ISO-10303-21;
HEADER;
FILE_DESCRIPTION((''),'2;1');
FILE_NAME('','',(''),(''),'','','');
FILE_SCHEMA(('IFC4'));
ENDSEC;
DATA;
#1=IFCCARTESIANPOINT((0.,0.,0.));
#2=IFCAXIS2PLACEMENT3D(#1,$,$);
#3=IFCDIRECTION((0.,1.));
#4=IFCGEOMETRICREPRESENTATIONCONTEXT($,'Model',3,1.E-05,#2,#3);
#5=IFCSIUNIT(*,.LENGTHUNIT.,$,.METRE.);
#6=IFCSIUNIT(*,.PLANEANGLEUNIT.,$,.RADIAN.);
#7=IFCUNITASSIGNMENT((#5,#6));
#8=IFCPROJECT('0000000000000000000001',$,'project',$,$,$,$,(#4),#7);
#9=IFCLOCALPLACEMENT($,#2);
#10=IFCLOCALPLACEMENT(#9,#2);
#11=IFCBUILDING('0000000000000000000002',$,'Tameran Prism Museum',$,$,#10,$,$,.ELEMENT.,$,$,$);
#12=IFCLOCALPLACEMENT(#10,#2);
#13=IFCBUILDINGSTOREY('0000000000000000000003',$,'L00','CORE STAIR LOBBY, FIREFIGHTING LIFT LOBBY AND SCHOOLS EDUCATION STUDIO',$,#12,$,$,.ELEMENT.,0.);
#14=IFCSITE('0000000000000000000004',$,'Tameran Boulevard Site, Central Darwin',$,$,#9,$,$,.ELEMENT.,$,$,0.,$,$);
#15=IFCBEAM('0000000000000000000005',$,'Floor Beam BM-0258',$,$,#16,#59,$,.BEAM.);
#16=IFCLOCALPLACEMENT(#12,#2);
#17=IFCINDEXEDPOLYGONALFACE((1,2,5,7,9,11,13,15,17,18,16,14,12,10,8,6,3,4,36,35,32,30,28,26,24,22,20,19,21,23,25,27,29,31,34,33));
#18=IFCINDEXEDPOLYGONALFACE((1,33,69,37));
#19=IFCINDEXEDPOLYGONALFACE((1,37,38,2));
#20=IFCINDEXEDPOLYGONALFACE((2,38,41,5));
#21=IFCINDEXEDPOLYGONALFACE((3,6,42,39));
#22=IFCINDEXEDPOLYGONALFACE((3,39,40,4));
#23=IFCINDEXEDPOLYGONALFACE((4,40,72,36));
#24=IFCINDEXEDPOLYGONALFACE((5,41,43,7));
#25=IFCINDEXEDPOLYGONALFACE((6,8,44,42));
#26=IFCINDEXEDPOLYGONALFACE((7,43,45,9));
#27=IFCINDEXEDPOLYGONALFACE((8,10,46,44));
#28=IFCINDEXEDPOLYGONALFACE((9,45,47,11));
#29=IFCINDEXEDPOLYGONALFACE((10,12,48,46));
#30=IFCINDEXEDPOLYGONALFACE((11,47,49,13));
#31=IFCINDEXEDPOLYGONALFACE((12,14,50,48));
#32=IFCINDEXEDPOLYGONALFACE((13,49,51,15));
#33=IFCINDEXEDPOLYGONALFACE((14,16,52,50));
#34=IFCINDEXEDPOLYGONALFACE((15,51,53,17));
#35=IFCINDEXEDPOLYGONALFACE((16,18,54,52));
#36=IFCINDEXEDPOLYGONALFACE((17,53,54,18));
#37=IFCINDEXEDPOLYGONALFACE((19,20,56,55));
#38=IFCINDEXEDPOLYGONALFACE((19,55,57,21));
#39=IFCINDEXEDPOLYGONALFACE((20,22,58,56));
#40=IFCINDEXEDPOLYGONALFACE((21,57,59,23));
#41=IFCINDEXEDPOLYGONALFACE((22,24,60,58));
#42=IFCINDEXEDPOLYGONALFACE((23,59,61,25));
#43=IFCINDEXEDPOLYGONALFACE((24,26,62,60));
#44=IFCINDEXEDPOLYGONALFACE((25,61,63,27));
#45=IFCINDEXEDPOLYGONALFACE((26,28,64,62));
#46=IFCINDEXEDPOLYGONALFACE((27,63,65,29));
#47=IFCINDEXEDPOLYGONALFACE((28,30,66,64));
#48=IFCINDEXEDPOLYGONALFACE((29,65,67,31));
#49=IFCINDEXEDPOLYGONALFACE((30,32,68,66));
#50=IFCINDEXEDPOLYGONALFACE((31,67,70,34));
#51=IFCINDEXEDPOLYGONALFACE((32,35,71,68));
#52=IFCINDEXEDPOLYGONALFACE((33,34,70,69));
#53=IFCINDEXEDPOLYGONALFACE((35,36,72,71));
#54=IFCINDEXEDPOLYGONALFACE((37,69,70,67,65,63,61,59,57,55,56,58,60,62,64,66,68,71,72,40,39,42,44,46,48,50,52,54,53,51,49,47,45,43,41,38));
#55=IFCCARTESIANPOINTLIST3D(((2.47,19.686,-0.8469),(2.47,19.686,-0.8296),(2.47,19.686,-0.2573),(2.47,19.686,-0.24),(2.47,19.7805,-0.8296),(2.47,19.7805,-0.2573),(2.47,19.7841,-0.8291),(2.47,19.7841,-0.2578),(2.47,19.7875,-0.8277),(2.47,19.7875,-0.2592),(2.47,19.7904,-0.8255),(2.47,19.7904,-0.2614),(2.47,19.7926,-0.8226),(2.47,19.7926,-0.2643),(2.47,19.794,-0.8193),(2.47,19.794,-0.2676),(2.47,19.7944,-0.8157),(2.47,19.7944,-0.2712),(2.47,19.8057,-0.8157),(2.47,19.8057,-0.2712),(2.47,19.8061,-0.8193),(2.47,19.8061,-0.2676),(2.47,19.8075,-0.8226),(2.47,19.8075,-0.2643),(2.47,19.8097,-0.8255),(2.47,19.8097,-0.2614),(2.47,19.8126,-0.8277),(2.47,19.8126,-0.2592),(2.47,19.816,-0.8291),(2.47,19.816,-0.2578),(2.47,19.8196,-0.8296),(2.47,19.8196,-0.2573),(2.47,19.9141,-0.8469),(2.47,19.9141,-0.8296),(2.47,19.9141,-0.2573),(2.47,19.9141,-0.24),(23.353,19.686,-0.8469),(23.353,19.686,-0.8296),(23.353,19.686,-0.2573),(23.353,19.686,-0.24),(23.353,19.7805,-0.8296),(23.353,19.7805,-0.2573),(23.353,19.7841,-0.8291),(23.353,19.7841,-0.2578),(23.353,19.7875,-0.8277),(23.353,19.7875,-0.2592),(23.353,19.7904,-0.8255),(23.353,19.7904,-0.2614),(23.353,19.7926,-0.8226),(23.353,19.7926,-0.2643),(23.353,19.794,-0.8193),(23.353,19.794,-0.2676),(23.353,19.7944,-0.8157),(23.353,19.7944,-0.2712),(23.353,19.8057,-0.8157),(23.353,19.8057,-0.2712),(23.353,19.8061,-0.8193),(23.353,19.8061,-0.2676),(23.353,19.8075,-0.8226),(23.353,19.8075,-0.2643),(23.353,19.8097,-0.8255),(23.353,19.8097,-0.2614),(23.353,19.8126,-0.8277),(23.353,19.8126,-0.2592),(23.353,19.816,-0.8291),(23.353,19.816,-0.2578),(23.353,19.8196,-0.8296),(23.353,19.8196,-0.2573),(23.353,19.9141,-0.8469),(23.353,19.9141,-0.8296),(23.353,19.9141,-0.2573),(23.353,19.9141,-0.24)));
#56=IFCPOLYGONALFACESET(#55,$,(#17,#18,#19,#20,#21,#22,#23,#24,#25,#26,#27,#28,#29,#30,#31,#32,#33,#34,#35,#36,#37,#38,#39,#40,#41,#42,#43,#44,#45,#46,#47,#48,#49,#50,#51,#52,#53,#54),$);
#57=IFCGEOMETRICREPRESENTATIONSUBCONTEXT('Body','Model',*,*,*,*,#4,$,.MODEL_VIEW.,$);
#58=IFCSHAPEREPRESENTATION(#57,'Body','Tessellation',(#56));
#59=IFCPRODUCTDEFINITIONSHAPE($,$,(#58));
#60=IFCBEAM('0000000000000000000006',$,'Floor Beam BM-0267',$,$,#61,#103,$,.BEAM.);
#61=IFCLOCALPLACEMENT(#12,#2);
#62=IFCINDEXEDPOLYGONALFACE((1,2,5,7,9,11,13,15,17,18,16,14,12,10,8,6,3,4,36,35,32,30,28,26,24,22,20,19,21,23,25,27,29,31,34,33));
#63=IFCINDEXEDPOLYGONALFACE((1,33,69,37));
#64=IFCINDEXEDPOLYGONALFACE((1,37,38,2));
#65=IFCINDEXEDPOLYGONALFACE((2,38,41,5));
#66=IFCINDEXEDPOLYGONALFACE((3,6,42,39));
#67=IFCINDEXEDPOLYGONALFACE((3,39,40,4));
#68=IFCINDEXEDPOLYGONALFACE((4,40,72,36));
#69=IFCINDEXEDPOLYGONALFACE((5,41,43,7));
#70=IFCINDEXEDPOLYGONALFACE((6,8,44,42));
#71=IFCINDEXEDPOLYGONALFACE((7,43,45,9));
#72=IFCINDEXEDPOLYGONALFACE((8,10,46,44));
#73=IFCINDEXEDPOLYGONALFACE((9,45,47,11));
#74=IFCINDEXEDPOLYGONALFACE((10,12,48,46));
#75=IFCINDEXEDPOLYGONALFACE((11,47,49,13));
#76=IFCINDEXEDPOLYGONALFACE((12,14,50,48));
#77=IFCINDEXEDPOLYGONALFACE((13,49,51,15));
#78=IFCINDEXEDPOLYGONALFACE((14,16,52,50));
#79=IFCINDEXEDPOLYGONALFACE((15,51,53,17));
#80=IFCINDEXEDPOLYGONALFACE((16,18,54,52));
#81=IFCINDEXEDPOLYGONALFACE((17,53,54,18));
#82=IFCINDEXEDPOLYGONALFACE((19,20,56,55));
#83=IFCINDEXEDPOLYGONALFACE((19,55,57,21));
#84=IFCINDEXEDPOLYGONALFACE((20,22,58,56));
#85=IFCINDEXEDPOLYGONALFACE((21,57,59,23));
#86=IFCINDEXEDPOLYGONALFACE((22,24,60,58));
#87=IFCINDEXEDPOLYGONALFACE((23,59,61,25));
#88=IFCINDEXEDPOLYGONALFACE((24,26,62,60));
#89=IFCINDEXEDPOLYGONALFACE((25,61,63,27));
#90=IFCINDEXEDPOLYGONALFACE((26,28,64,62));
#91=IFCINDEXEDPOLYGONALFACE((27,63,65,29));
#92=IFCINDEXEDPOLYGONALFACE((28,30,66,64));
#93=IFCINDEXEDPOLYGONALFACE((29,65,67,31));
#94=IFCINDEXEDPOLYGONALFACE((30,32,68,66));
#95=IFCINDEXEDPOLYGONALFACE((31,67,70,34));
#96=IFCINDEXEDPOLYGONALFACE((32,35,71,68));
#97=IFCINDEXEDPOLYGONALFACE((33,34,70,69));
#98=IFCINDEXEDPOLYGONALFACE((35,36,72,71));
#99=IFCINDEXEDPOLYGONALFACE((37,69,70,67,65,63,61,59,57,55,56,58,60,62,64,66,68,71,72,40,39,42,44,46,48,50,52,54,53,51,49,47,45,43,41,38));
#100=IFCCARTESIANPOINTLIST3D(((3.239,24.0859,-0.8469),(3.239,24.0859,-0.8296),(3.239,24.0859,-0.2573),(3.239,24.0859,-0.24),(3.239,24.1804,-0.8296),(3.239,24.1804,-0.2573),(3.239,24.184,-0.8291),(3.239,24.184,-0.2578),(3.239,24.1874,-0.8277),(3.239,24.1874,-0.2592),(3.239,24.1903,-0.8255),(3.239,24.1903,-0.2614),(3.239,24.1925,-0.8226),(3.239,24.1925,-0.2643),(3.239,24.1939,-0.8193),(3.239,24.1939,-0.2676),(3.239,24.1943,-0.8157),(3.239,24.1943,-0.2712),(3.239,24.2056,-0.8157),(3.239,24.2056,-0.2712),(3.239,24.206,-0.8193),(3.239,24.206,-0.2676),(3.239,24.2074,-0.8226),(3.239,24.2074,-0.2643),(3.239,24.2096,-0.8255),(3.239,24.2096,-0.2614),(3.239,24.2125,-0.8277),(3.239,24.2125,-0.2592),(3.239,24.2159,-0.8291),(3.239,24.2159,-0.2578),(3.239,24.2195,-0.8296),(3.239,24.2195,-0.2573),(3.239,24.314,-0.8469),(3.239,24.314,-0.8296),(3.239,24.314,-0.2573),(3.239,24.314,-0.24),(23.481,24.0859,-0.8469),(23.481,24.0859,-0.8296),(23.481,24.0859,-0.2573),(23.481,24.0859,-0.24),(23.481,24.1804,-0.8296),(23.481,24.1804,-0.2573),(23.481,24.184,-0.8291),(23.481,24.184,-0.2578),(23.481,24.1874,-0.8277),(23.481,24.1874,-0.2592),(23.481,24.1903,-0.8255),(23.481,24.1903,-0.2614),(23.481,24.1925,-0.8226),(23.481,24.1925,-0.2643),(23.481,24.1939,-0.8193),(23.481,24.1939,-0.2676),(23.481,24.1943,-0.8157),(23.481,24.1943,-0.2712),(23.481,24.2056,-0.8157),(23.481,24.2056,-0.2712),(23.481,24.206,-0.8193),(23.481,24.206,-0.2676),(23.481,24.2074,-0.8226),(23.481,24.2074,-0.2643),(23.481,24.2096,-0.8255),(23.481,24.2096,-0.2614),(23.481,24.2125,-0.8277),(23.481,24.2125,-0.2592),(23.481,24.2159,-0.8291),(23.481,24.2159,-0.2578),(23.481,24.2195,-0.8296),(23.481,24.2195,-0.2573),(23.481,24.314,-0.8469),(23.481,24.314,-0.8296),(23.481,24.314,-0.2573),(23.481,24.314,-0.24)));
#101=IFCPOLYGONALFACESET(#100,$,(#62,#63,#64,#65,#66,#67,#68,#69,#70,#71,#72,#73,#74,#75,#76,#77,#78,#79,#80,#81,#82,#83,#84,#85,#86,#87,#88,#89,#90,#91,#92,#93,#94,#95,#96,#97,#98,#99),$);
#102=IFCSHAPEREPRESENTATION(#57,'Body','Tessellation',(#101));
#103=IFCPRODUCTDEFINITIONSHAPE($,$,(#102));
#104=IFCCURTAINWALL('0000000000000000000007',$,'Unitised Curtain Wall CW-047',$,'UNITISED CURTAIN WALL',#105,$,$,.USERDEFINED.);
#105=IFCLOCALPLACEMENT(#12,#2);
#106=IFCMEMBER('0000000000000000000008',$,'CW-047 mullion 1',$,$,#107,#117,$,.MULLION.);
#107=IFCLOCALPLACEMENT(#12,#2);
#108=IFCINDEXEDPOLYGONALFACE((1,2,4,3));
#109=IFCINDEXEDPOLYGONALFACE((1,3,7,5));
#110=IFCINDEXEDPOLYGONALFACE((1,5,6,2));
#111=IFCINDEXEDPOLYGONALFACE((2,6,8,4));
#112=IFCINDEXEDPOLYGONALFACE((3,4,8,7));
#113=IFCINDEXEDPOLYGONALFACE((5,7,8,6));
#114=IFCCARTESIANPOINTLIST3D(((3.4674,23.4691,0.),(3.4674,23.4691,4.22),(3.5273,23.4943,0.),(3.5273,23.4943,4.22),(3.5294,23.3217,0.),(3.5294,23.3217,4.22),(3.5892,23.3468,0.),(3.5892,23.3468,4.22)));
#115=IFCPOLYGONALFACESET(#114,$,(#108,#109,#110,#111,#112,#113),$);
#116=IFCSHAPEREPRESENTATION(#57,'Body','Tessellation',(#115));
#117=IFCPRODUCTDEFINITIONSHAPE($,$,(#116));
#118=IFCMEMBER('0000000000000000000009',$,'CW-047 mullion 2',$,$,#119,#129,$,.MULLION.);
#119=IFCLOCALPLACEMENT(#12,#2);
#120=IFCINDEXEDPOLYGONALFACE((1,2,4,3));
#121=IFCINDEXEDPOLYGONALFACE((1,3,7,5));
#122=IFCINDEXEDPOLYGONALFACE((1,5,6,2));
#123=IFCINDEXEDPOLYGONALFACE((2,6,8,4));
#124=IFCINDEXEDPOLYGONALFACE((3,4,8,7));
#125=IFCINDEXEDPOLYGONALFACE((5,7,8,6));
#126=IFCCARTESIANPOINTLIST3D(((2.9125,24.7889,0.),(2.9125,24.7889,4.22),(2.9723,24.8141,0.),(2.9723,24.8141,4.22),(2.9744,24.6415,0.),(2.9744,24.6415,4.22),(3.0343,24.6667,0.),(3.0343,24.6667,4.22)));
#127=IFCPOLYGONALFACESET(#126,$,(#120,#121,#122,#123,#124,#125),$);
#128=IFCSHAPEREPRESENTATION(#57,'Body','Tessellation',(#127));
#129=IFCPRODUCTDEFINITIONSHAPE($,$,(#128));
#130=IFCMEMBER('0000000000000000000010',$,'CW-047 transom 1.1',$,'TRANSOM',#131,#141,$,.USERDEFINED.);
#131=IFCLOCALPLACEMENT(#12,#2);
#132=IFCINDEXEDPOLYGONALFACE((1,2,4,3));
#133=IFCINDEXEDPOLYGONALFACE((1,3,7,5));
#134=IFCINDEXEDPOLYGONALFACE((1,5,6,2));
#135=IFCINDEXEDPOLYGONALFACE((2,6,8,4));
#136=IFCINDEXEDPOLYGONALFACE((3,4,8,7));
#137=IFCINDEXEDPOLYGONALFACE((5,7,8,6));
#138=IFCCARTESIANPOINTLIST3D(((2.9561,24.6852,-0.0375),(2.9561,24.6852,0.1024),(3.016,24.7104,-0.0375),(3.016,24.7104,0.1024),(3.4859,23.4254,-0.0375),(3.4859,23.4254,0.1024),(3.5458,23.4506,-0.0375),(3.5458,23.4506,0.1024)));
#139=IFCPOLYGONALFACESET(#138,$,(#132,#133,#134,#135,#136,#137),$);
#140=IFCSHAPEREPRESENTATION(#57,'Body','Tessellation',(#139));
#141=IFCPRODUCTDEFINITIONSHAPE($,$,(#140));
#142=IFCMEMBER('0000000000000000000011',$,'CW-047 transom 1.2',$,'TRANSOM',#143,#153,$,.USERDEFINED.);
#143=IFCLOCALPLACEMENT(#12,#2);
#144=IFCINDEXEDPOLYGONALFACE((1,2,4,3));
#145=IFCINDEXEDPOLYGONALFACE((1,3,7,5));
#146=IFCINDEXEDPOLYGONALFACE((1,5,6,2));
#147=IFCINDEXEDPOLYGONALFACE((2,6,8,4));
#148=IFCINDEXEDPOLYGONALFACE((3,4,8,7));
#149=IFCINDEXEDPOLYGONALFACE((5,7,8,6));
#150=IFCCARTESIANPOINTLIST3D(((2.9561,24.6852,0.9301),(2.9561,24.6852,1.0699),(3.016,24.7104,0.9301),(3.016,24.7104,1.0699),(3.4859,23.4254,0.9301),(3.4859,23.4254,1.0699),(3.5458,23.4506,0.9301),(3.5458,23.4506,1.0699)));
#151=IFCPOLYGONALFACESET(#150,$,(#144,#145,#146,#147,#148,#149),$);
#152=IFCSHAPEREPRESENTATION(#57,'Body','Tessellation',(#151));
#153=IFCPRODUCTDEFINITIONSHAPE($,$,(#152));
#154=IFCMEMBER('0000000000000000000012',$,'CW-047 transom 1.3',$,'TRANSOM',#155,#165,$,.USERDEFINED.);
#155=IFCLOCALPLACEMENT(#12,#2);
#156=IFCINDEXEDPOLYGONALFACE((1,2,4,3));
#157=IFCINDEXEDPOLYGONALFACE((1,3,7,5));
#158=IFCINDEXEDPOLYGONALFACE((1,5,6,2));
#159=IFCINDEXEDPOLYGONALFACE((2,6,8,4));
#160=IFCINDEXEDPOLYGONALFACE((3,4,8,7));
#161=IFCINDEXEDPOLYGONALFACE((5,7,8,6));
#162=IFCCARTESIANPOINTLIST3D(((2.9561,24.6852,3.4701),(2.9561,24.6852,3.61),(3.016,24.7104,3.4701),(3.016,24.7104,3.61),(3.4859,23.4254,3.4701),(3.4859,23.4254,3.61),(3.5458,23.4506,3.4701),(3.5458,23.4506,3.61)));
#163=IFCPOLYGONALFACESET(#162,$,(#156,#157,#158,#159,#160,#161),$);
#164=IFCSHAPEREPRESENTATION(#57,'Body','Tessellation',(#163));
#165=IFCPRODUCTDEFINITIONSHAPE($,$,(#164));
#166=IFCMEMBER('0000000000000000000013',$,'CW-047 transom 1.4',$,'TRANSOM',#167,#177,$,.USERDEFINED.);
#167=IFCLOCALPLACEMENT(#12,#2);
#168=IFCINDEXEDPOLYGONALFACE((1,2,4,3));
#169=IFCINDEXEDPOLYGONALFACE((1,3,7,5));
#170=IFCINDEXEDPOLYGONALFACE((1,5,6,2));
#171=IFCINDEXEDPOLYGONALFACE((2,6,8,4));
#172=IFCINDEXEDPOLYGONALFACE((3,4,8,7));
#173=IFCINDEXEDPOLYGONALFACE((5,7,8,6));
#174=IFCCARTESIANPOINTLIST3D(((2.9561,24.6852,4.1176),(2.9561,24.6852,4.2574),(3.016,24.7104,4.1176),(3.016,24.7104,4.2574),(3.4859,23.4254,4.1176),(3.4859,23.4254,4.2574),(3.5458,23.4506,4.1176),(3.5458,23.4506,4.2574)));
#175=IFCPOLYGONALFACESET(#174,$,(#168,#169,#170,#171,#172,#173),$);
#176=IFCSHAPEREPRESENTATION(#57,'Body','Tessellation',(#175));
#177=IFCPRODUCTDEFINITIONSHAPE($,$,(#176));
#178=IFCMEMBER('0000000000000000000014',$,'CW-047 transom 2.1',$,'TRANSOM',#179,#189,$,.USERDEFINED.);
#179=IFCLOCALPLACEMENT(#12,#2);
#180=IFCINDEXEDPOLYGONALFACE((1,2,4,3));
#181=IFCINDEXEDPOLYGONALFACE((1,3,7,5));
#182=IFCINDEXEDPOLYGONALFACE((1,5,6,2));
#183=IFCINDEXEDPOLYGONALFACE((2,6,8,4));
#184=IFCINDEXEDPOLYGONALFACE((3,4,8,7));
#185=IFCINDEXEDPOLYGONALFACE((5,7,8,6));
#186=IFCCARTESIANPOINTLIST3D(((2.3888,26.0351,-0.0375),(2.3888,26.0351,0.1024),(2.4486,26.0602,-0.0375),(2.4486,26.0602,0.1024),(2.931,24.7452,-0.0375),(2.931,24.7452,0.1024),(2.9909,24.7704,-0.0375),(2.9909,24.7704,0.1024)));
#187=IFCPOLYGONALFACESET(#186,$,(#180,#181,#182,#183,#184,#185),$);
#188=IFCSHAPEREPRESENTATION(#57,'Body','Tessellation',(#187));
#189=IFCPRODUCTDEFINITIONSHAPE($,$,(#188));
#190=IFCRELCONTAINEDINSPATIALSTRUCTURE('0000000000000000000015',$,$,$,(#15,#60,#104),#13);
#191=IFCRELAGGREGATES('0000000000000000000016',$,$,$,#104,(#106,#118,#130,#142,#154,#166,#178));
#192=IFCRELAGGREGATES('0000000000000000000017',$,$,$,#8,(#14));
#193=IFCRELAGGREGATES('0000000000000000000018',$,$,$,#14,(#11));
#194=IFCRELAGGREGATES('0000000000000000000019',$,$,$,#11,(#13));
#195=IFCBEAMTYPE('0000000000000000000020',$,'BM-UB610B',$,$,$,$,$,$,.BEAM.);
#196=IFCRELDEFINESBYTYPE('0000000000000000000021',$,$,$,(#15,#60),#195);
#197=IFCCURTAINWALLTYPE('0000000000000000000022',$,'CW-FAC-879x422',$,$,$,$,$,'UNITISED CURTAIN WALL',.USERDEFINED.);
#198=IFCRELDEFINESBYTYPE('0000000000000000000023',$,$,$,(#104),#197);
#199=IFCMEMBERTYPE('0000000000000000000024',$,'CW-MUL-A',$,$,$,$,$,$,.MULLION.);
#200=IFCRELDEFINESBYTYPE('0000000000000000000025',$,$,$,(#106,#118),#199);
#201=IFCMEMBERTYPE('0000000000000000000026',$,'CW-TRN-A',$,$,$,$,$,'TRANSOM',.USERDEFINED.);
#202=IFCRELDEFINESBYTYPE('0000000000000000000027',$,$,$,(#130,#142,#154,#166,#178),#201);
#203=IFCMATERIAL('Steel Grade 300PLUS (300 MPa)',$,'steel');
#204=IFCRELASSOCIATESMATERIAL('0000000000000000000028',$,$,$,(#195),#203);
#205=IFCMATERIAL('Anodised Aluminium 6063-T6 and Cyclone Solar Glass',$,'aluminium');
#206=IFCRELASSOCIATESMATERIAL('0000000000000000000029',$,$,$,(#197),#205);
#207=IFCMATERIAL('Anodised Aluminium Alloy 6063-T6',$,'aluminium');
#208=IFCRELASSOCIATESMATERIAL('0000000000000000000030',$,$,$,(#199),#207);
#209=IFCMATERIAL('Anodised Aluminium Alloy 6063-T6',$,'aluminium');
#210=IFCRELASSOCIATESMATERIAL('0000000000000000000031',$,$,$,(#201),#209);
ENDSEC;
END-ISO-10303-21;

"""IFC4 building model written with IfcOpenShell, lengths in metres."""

from ifc_helpers import new_model, si_unit, direction, frame, origin, origin_2d, place, context, subcontext, project, spatial, rectangle, i_section, extrude, material, material_profile, profile_set, type_object, element, aggregate, save


model = new_model("IFC4")

# Units and contexts
model_context = context("Model", 3, precision=1e-05, world=origin(), true_north=direction((0.0, 1.0)))
body_context = subcontext(model_context, "Body", "Model", "MODEL_VIEW")
ifc_project = project(units=[si_unit("LENGTHUNIT", "METRE"), si_unit("PLANEANGLEUNIT", "RADIAN")], contexts=[model_context])

# Site, building, storey
site_placement = place(None, origin())
site = spatial("IfcSite", under=ifc_project, at=site_placement, Name="Tameran Boulevard Site, Central Darwin", CompositionType="ELEMENT", RefElevation=0.0)
building_placement = place(site_placement, origin())
building = spatial("IfcBuilding", under=site, at=building_placement, Name="Tameran Prism Museum", CompositionType="ELEMENT")
storey_placement = place(building_placement, origin())
storey = spatial("IfcBuildingStorey", under=building, at=storey_placement, Name="L00", Description="CORE STAIR LOBBY, FIREFIGHTING LIFT LOBBY AND SCHOOLS EDUCATION STUDIO", CompositionType="ELEMENT", Elevation=0.0)

# Beams
ifc_material_1 = material(Name="Steel Grade 300PLUS (300 MPa)", Category="steel")
ifc_material_profile_1 = material_profile(ifc_material_1, i_section(OverallWidth=0.228, OverallDepth=0.6069, WebThickness=0.0112, FlangeThickness=0.0173, FilletRadius=0.0139, at=origin_2d()))
ifc_profile_set_1 = profile_set([ifc_material_profile_1])
beam_type_1 = type_object("IfcBeamType", Name="BM-UB610B", PredefinedType="BEAM", material=ifc_profile_set_1)
beam_1_placement = place(storey_placement, frame((2.47, 19.8, -0.5435), z_axis=(1.0, 0.0, 0.0), x_axis=(0.0, 1.0, 0.0)))
element("IfcBeam", 1, at=beam_1_placement, inside=storey, type_object=beam_type_1, Name="Floor Beam BM-0258", PredefinedType="BEAM", context=body_context, shape_type="SweptSolid", body=[
    extrude(i_section(OverallWidth=0.228, OverallDepth=0.6069, WebThickness=0.0112, FlangeThickness=0.0173, FilletRadius=0.0139, at=origin_2d()), origin(), (0.0, 0.0, 1.0), 20.8831),
])
beam_2_placement = place(storey_placement, frame((3.239, 24.2, -0.5435), z_axis=(1.0, 0.0, 0.0), x_axis=(0.0, 1.0, 0.0)))
element("IfcBeam", 2, at=beam_2_placement, inside=storey, type_object=beam_type_1, Name="Floor Beam BM-0267", PredefinedType="BEAM", context=body_context, shape_type="SweptSolid", body=[
    extrude(i_section(OverallWidth=0.228, OverallDepth=0.6069, WebThickness=0.0112, FlangeThickness=0.0173, FilletRadius=0.0139, at=origin_2d()), origin(), (0.0, 0.0, 1.0), 20.2419),
])

# Curtain wall, members
ifc_material_2 = material(Name="Anodised Aluminium 6063-T6 and Cyclone Solar Glass", Category="aluminium")
curtain_wall_type = type_object("IfcCurtainWallType", Name="CW-FAC-879x422", ElementType="UNITISED CURTAIN WALL", PredefinedType="USERDEFINED", material=ifc_material_2)
curtain_wall_placement = place(storey_placement, origin())
curtain_wall = element("IfcCurtainWall", 3, at=curtain_wall_placement, inside=storey, type_object=curtain_wall_type, Name="Unitised Curtain Wall CW-047", ObjectType="UNITISED CURTAIN WALL", PredefinedType="USERDEFINED")
ifc_material_3 = material(Name="Anodised Aluminium Alloy 6063-T6", Category="aluminium")
ifc_material_profile_2 = material_profile(ifc_material_3, rectangle(XDim=0.0649, YDim=0.1599, at=origin_2d()))
ifc_profile_set_2 = profile_set([ifc_material_profile_2])
member_type_1 = type_object("IfcMemberType", Name="CW-MUL-A", PredefinedType="MULLION", material=ifc_profile_set_2)
member_1_placement = place(storey_placement, frame((3.5283, 23.408, 0.0), z_axis=(0.0, 0.0, 1.0), x_axis=(-0.921843, -0.387563, 0.0)))
member_1 = element("IfcMember", 4, at=member_1_placement, type_object=member_type_1, Name="CW-047 mullion 1", PredefinedType="MULLION", context=body_context, shape_type="SweptSolid", body=[
    extrude(rectangle(XDim=0.0649, YDim=0.1599, at=origin_2d()), origin(), (0.0, 0.0, 1.0), 4.22),
])
member_2_placement = place(storey_placement, frame((2.9734, 24.7278, 0.0), z_axis=(0.0, 0.0, 1.0), x_axis=(-0.921843, -0.387563, 0.0)))
member_2 = element("IfcMember", 5, at=member_2_placement, type_object=member_type_1, Name="CW-047 mullion 2", PredefinedType="MULLION", context=body_context, shape_type="SweptSolid", body=[
    extrude(rectangle(XDim=0.0649, YDim=0.1599, at=origin_2d()), origin(), (0.0, 0.0, 1.0), 4.22),
])
ifc_material_4 = material(Name="Anodised Aluminium Alloy 6063-T6", Category="aluminium")
ifc_material_profile_3 = material_profile(ifc_material_4, rectangle(XDim=0.0649, YDim=0.1399, at=origin_2d()))
ifc_profile_set_3 = profile_set([ifc_material_profile_3])
member_type_2 = type_object("IfcMemberType", Name="CW-TRN-A", ElementType="TRANSOM", PredefinedType="USERDEFINED", material=ifc_profile_set_3)
member_3_placement = place(storey_placement, frame((3.5159, 23.438, 0.0325), z_axis=(-0.387658, 0.921803, 0.0), x_axis=(-0.921803, -0.387658, 0.0)))
member_3 = element("IfcMember", 6, at=member_3_placement, type_object=member_type_2, Name="CW-047 transom 1.1", ObjectType="TRANSOM", PredefinedType="USERDEFINED", context=body_context, shape_type="SweptSolid", body=[
    extrude(rectangle(XDim=0.0649, YDim=0.1399, at=origin_2d()), origin(), (0.0, 0.0, 1.0), 1.3667),
])
member_4_placement = place(storey_placement, frame((3.5159, 23.438, 1.0), z_axis=(-0.387658, 0.921803, 0.0), x_axis=(-0.921803, -0.387658, 0.0)))
member_4 = element("IfcMember", 7, at=member_4_placement, type_object=member_type_2, Name="CW-047 transom 1.2", ObjectType="TRANSOM", PredefinedType="USERDEFINED", context=body_context, shape_type="SweptSolid", body=[
    extrude(rectangle(XDim=0.0649, YDim=0.1399, at=origin_2d()), origin(), (0.0, 0.0, 1.0), 1.3667),
])
member_5_placement = place(storey_placement, frame((3.5159, 23.438, 3.54), z_axis=(-0.387658, 0.921803, 0.0), x_axis=(-0.921803, -0.387658, 0.0)))
member_5 = element("IfcMember", 8, at=member_5_placement, type_object=member_type_2, Name="CW-047 transom 1.3", ObjectType="TRANSOM", PredefinedType="USERDEFINED", context=body_context, shape_type="SweptSolid", body=[
    extrude(rectangle(XDim=0.0649, YDim=0.1399, at=origin_2d()), origin(), (0.0, 0.0, 1.0), 1.3667),
])
member_6_placement = place(storey_placement, frame((3.5159, 23.438, 4.1875), z_axis=(-0.387658, 0.921803, 0.0), x_axis=(-0.921803, -0.387658, 0.0)))
member_6 = element("IfcMember", 9, at=member_6_placement, type_object=member_type_2, Name="CW-047 transom 1.4", ObjectType="TRANSOM", PredefinedType="USERDEFINED", context=body_context, shape_type="SweptSolid", body=[
    extrude(rectangle(XDim=0.0649, YDim=0.1399, at=origin_2d()), origin(), (0.0, 0.0, 1.0), 1.3667),
])
member_7_placement = place(storey_placement, frame((2.9609, 24.7578, 0.0325), z_axis=(-0.38755, 0.921849, 0.0), x_axis=(-0.921849, -0.38755, 0.0)))
member_7 = element("IfcMember", 10, at=member_7_placement, type_object=member_type_2, Name="CW-047 transom 2.1", ObjectType="TRANSOM", PredefinedType="USERDEFINED", context=body_context, shape_type="SweptSolid", body=[
    extrude(rectangle(XDim=0.0649, YDim=0.1399, at=origin_2d()), origin(), (0.0, 0.0, 1.0), 1.3992),
])
aggregate(curtain_wall, [member_1, member_2, member_3, member_4, member_5, member_6, member_7])

save(model, "model.ifc")
